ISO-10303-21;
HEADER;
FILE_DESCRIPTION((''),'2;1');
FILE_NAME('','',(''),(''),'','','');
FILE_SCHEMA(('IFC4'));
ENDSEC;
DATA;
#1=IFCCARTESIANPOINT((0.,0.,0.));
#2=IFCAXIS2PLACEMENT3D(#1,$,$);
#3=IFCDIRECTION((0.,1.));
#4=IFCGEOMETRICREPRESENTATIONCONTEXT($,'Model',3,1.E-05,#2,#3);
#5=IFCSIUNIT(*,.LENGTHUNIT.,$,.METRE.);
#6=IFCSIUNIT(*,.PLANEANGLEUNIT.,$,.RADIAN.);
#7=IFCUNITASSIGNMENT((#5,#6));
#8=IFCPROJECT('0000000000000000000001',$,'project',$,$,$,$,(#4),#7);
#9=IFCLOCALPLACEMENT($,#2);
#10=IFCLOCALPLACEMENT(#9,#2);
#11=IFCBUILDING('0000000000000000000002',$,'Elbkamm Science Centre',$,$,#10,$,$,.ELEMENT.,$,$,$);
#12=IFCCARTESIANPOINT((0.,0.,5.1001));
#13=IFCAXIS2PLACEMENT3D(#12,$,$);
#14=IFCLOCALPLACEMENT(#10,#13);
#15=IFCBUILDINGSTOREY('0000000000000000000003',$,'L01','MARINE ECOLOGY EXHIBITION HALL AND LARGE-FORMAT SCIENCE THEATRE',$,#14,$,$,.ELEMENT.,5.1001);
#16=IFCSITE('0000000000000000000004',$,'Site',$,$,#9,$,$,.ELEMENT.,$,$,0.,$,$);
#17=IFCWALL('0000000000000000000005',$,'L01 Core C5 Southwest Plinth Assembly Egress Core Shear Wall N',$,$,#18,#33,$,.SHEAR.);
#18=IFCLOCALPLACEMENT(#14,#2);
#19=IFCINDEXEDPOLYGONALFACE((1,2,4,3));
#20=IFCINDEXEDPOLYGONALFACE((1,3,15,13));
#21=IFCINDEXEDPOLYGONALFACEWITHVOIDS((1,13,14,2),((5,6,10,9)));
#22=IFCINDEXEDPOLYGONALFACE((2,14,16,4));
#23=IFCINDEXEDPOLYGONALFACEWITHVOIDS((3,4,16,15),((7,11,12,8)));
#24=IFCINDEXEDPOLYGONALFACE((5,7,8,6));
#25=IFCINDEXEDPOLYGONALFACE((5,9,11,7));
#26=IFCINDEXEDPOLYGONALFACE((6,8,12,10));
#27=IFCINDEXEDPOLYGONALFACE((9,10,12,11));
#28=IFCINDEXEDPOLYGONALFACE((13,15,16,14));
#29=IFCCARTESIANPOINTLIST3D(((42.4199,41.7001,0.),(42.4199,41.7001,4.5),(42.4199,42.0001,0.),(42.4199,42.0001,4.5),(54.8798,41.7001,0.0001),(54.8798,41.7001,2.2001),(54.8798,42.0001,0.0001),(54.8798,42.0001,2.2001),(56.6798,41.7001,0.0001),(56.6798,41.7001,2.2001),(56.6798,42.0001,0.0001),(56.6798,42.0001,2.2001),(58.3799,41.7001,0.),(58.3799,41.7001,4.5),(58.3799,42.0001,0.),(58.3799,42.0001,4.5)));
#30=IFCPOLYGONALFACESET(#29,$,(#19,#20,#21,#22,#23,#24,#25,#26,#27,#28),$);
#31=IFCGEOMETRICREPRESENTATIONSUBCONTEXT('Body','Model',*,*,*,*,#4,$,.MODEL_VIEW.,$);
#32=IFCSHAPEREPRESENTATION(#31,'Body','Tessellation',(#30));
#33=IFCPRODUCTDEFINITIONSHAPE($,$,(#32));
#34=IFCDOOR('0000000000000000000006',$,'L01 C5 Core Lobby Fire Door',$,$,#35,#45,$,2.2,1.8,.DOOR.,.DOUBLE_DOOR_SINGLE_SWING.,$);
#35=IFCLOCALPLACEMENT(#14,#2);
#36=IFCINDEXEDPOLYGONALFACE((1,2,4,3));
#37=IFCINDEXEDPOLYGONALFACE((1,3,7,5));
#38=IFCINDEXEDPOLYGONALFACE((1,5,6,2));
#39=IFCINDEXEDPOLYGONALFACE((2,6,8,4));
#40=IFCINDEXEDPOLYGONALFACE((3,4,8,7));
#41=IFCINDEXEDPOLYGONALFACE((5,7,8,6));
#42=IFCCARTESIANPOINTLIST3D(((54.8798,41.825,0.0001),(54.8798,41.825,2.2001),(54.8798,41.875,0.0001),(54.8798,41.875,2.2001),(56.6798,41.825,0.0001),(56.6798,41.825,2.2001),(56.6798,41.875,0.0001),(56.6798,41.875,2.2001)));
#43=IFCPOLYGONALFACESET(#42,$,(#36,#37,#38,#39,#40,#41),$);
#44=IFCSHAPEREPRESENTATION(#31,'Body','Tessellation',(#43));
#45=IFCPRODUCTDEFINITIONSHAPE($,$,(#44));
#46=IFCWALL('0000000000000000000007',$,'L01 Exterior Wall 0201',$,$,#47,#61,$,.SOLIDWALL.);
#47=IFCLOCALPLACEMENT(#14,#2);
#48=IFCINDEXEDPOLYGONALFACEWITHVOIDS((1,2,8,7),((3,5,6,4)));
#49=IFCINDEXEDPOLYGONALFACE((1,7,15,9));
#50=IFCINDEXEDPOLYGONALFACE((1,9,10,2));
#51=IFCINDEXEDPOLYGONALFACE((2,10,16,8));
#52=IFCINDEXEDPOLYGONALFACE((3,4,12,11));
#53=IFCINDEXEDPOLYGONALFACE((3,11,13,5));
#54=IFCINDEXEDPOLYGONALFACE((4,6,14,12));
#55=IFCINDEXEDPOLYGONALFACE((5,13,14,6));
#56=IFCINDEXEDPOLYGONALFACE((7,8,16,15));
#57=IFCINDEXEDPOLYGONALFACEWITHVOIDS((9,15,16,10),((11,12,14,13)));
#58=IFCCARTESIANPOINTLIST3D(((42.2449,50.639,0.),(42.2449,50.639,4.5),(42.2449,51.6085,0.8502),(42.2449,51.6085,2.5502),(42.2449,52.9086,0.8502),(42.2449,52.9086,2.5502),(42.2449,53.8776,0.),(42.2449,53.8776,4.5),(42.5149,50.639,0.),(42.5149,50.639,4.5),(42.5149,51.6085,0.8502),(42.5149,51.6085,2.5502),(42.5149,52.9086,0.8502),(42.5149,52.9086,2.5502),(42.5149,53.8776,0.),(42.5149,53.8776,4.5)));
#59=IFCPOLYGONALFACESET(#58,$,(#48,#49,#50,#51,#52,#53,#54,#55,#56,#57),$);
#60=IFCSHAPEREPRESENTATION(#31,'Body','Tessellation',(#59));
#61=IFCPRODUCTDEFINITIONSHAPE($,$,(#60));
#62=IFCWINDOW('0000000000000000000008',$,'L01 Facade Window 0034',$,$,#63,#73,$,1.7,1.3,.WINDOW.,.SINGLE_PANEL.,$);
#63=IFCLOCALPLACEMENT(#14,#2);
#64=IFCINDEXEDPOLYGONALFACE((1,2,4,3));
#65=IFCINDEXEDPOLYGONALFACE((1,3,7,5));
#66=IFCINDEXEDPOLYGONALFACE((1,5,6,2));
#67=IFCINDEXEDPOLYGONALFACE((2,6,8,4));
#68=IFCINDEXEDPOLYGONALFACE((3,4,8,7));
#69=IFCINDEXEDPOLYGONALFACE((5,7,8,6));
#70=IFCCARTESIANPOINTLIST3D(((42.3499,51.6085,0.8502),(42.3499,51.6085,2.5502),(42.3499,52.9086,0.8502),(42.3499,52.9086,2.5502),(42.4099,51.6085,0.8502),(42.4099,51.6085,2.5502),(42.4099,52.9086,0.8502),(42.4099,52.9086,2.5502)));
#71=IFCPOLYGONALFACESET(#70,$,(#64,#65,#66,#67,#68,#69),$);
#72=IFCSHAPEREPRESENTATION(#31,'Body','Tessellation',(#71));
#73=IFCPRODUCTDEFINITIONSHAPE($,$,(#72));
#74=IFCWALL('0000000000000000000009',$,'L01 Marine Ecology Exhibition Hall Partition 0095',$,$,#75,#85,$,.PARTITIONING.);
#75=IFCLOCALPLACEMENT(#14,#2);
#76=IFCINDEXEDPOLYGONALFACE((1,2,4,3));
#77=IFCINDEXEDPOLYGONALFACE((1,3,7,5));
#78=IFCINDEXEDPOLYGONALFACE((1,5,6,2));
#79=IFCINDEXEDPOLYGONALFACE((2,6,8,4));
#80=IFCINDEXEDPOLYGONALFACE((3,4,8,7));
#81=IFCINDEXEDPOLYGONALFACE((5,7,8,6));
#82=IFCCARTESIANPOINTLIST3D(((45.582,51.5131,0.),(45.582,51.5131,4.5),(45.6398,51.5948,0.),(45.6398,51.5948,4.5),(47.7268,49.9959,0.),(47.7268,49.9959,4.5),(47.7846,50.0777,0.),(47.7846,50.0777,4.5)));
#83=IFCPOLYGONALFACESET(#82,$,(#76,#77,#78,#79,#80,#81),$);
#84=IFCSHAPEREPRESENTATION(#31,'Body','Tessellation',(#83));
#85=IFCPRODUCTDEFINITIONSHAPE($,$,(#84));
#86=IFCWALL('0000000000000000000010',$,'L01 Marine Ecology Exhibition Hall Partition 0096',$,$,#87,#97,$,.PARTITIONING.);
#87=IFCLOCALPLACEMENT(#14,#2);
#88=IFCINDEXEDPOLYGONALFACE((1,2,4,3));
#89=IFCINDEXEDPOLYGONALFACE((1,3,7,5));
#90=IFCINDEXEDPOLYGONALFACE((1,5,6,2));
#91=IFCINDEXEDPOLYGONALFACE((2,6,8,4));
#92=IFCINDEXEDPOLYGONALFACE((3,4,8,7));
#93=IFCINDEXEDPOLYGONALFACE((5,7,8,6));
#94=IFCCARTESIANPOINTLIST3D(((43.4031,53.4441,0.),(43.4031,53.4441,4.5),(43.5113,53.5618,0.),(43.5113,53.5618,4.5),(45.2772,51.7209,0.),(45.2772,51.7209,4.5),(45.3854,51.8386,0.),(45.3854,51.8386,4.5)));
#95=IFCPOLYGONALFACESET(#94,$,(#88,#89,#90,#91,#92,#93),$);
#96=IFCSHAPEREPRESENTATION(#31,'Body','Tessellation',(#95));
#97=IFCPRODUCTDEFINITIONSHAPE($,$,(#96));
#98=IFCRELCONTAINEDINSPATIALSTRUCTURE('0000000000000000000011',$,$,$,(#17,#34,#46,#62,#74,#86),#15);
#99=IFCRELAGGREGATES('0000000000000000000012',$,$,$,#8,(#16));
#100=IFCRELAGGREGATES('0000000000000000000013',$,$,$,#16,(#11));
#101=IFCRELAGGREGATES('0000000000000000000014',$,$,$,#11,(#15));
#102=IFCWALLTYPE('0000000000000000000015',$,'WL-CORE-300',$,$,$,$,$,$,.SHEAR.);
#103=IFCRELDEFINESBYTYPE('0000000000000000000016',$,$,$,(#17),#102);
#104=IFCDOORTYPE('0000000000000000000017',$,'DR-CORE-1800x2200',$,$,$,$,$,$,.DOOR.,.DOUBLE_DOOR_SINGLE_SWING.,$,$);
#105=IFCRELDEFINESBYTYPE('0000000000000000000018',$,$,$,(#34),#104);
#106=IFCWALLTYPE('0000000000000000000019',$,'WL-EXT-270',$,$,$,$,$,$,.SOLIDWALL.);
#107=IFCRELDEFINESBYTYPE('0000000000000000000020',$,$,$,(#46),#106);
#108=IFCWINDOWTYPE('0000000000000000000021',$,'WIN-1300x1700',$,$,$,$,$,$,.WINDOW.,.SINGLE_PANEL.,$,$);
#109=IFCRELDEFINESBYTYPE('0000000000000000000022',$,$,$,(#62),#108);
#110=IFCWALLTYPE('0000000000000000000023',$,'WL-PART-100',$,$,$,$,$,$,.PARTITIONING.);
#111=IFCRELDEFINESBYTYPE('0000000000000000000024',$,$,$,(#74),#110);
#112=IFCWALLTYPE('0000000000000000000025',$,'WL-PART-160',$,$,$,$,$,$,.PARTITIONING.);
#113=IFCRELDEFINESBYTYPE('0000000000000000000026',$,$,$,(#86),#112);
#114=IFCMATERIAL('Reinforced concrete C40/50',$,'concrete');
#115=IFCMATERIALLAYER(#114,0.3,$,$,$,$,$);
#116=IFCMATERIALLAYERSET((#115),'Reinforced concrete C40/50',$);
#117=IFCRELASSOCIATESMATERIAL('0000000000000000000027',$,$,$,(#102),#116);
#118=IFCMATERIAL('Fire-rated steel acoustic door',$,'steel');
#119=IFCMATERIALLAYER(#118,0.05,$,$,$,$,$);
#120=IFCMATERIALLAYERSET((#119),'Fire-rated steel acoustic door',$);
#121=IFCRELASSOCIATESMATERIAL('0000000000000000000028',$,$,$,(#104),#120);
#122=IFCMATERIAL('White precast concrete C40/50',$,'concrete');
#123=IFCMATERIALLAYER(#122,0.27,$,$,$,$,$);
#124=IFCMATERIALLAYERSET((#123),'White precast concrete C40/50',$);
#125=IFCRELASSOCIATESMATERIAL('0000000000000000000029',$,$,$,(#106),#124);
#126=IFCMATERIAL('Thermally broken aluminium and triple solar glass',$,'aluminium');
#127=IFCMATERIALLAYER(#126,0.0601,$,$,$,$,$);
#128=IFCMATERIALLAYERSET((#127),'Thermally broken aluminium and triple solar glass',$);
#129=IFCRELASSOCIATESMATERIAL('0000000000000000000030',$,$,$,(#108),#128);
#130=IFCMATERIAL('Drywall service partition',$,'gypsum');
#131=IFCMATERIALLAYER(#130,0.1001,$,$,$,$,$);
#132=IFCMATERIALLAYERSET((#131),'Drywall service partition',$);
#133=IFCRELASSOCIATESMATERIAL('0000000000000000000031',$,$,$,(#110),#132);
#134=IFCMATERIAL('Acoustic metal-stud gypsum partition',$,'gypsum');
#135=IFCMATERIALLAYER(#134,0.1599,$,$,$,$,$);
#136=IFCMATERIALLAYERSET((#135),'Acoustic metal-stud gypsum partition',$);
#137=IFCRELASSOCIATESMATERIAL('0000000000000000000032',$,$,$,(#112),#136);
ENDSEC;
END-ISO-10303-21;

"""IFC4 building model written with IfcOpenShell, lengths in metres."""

from ifc_helpers import new_model, si_unit, direction, frame, frame_2d, origin, place, context, subcontext, project, spatial, rectangle, extrude, material, layer, layer_set, type_object, element, fill, save


model = new_model("IFC4")

# Units and contexts
model_context = context("Model", 3, precision=1e-05, world=origin(), true_north=direction((0.0, 1.0)))
body_context = subcontext(model_context, "Body", "Model", "MODEL_VIEW")
ifc_project = project(units=[si_unit("LENGTHUNIT", "METRE"), si_unit("PLANEANGLEUNIT", "RADIAN")], contexts=[model_context])

# Site, building, storey
site_placement = place(None, origin())
site = spatial("IfcSite", under=ifc_project, at=site_placement, Name="Site", CompositionType="ELEMENT", RefElevation=0.0)
building_placement = place(site_placement, origin())
building = spatial("IfcBuilding", under=site, at=building_placement, Name="Elbkamm Science Centre", CompositionType="ELEMENT")
storey_placement = place(building_placement, frame((0.0, 0.0, 5.1001)))
storey = spatial("IfcBuildingStorey", under=building, at=storey_placement, Name="L01", Description="MARINE ECOLOGY EXHIBITION HALL AND LARGE-FORMAT SCIENCE THEATRE", CompositionType="ELEMENT", Elevation=5.1001)

# Wall, opening, door
ifc_material_1 = material(Name="Reinforced concrete C40/50", Category="concrete")
ifc_layer_1 = layer(ifc_material_1, 0.3)
ifc_layer_set_1 = layer_set([ifc_layer_1], Name="Reinforced concrete C40/50")
wall_type_1 = type_object("IfcWallType", Name="WL-CORE-300", PredefinedType="SHEAR", material=ifc_layer_set_1)
wall_1_placement = place(storey_placement, frame((42.4199, 41.8501, 0.0), z_axis=(0.0, 0.0, 1.0), x_axis=(1.0, 0.0, 0.0)))
wall_1 = element("IfcWall", 1, at=wall_1_placement, inside=storey, type_object=wall_type_1, Name="L01 Core C5 Southwest Plinth Assembly Egress Core Shear Wall N", PredefinedType="SHEAR", context=body_context, shape_type="SweptSolid", body=[
    extrude(rectangle(XDim=15.96, YDim=0.3, at=frame_2d((7.98, 0.0))), origin(), (0.0, 0.0, 1.0), 4.5),
])
opening_1_placement = place(wall_1_placement, frame((12.46, 0.0, 0.0)))
opening_1 = element("IfcOpeningElement", 2, at=opening_1_placement, cuts=wall_1, PredefinedType="OPENING", context=body_context, shape_type="SweptSolid", body=[
    extrude(rectangle(XDim=1.8, YDim=2.2, at=frame_2d((0.8999, 1.1001))), frame((0.0, 0.1621, 0.0), z_axis=(0.0, -1.0, 0.0), x_axis=(1.0, 0.0, 0.0)), (0.0, 0.0, 1.0), 0.324),
])
ifc_material_2 = material(Name="Fire-rated steel acoustic door", Category="steel")
ifc_layer_2 = layer(ifc_material_2, 0.05)
ifc_layer_set_2 = layer_set([ifc_layer_2], Name="Fire-rated steel acoustic door")
door_type_1 = type_object("IfcDoorType", Name="DR-CORE-1800x2200", OperationType="DOUBLE_DOOR_SINGLE_SWING", PredefinedType="DOOR", material=ifc_layer_set_2)
door_1_placement = place(opening_1_placement, origin())
door_1 = element("IfcDoor", 3, at=door_1_placement, inside=storey, type_object=door_type_1, Name="L01 C5 Core Lobby Fire Door", OperationType="DOUBLE_DOOR_SINGLE_SWING", OverallHeight=2.2, OverallWidth=1.8, PredefinedType="DOOR", context=body_context, shape_type="SweptSolid", body=[
    extrude(rectangle(XDim=1.8, YDim=2.2, at=frame_2d((0.8999, 1.1001))), frame((0.0, 0.0249, 0.0), z_axis=(0.0, -1.0, 0.0), x_axis=(1.0, 0.0, 0.0)), (0.0, 0.0, 1.0), 0.05),
])
fill(opening_1, door_1)
ifc_material_3 = material(Name="White precast concrete C40/50", Category="concrete")
ifc_layer_3 = layer(ifc_material_3, 0.27)
ifc_layer_set_3 = layer_set([ifc_layer_3], Name="White precast concrete C40/50")
wall_type_2 = type_object("IfcWallType", Name="WL-EXT-270", PredefinedType="SOLIDWALL", material=ifc_layer_set_3)

# Wall, opening, window
wall_2_placement = place(storey_placement, frame((42.3799, 50.6392, 0.0), z_axis=(0.0, 0.0, 1.0), x_axis=(0.0, 1.0, 0.0)))
wall_2 = element("IfcWall", 4, at=wall_2_placement, inside=storey, type_object=wall_type_2, Name="L01 Exterior Wall 0201", PredefinedType="SOLIDWALL", context=body_context, shape_type="SweptSolid", body=[
    extrude(rectangle(XDim=3.2385, YDim=0.27, at=frame_2d((1.6191, 0.0))), origin(), (0.0, 0.0, 1.0), 4.5),
])
opening_2_placement = place(wall_2_placement, frame((0.9695, 0.0, 0.8501)))
opening_2 = element("IfcOpeningElement", 5, at=opening_2_placement, cuts=wall_2, PredefinedType="OPENING", context=body_context, shape_type="SweptSolid", body=[
    extrude(rectangle(XDim=1.3, YDim=1.7, at=frame_2d((0.6499, 0.8501))), frame((0.0, 0.147, 0.0), z_axis=(0.0, -1.0, 0.0), x_axis=(1.0, 0.0, 0.0)), (0.0, 0.0, 1.0), 0.2939),
])
ifc_material_4 = material(Name="Thermally broken aluminium and triple solar glass", Category="aluminium")
ifc_layer_4 = layer(ifc_material_4, 0.0601)
ifc_layer_set_4 = layer_set([ifc_layer_4], Name="Thermally broken aluminium and triple solar glass")
window_type = type_object("IfcWindowType", Name="WIN-1300x1700", PartitioningType="SINGLE_PANEL", PredefinedType="WINDOW", material=ifc_layer_set_4)
window_placement = place(opening_2_placement, origin())
window = element("IfcWindow", 6, at=window_placement, inside=storey, type_object=window_type, Name="L01 Facade Window 0034", OverallHeight=1.7, OverallWidth=1.3, PartitioningType="SINGLE_PANEL", PredefinedType="WINDOW", context=body_context, shape_type="SweptSolid", body=[
    extrude(rectangle(XDim=1.3, YDim=1.7, at=frame_2d((0.6499, 0.8501))), frame((0.0, 0.03, 0.0), z_axis=(0.0, -1.0, 0.0), x_axis=(1.0, 0.0, 0.0)), (0.0, 0.0, 1.0), 0.0601),
])
fill(opening_2, window)

# Walls
ifc_material_5 = material(Name="Drywall service partition", Category="gypsum")
ifc_layer_5 = layer(ifc_material_5, 0.1001)
ifc_layer_set_5 = layer_set([ifc_layer_5], Name="Drywall service partition")
wall_type_3 = type_object("IfcWallType", Name="WL-PART-100", PredefinedType="PARTITIONING", material=ifc_layer_set_5)
wall_3_placement = place(storey_placement, frame((47.7556, 50.0369, 0.0), z_axis=(0.0, 0.0, 1.0), x_axis=(-0.816406, 0.577478, 0.0)))
element("IfcWall", 7, at=wall_3_placement, inside=storey, type_object=wall_type_3, Name="L01 Marine Ecology Exhibition Hall Partition 0095", PredefinedType="PARTITIONING", context=body_context, shape_type="SweptSolid", body=[
    extrude(rectangle(XDim=2.6272, YDim=0.1001, at=frame_2d((1.3135, 0.0))), origin(), (0.0, 0.0, 1.0), 4.5),
])
ifc_material_6 = material(Name="Acoustic metal-stud gypsum partition", Category="gypsum")
ifc_layer_6 = layer(ifc_material_6, 0.1599)
ifc_layer_set_6 = layer_set([ifc_layer_6], Name="Acoustic metal-stud gypsum partition")
wall_type_4 = type_object("IfcWallType", Name="WL-PART-160", PredefinedType="PARTITIONING", material=ifc_layer_set_6)
wall_4_placement = place(storey_placement, frame((45.3313, 51.7798, 0.0), z_axis=(0.0, 0.0, 1.0), x_axis=(-0.736118, 0.676853, 0.0)))
element("IfcWall", 8, at=wall_4_placement, inside=storey, type_object=wall_type_4, Name="L01 Marine Ecology Exhibition Hall Partition 0096", PredefinedType="PARTITIONING", context=body_context, shape_type="SweptSolid", body=[
    extrude(rectangle(XDim=2.5459, YDim=0.1599, at=frame_2d((1.2729, 0.0))), origin(), (0.0, 0.0, 1.0), 4.5),
])

save(model, "model.ifc")
